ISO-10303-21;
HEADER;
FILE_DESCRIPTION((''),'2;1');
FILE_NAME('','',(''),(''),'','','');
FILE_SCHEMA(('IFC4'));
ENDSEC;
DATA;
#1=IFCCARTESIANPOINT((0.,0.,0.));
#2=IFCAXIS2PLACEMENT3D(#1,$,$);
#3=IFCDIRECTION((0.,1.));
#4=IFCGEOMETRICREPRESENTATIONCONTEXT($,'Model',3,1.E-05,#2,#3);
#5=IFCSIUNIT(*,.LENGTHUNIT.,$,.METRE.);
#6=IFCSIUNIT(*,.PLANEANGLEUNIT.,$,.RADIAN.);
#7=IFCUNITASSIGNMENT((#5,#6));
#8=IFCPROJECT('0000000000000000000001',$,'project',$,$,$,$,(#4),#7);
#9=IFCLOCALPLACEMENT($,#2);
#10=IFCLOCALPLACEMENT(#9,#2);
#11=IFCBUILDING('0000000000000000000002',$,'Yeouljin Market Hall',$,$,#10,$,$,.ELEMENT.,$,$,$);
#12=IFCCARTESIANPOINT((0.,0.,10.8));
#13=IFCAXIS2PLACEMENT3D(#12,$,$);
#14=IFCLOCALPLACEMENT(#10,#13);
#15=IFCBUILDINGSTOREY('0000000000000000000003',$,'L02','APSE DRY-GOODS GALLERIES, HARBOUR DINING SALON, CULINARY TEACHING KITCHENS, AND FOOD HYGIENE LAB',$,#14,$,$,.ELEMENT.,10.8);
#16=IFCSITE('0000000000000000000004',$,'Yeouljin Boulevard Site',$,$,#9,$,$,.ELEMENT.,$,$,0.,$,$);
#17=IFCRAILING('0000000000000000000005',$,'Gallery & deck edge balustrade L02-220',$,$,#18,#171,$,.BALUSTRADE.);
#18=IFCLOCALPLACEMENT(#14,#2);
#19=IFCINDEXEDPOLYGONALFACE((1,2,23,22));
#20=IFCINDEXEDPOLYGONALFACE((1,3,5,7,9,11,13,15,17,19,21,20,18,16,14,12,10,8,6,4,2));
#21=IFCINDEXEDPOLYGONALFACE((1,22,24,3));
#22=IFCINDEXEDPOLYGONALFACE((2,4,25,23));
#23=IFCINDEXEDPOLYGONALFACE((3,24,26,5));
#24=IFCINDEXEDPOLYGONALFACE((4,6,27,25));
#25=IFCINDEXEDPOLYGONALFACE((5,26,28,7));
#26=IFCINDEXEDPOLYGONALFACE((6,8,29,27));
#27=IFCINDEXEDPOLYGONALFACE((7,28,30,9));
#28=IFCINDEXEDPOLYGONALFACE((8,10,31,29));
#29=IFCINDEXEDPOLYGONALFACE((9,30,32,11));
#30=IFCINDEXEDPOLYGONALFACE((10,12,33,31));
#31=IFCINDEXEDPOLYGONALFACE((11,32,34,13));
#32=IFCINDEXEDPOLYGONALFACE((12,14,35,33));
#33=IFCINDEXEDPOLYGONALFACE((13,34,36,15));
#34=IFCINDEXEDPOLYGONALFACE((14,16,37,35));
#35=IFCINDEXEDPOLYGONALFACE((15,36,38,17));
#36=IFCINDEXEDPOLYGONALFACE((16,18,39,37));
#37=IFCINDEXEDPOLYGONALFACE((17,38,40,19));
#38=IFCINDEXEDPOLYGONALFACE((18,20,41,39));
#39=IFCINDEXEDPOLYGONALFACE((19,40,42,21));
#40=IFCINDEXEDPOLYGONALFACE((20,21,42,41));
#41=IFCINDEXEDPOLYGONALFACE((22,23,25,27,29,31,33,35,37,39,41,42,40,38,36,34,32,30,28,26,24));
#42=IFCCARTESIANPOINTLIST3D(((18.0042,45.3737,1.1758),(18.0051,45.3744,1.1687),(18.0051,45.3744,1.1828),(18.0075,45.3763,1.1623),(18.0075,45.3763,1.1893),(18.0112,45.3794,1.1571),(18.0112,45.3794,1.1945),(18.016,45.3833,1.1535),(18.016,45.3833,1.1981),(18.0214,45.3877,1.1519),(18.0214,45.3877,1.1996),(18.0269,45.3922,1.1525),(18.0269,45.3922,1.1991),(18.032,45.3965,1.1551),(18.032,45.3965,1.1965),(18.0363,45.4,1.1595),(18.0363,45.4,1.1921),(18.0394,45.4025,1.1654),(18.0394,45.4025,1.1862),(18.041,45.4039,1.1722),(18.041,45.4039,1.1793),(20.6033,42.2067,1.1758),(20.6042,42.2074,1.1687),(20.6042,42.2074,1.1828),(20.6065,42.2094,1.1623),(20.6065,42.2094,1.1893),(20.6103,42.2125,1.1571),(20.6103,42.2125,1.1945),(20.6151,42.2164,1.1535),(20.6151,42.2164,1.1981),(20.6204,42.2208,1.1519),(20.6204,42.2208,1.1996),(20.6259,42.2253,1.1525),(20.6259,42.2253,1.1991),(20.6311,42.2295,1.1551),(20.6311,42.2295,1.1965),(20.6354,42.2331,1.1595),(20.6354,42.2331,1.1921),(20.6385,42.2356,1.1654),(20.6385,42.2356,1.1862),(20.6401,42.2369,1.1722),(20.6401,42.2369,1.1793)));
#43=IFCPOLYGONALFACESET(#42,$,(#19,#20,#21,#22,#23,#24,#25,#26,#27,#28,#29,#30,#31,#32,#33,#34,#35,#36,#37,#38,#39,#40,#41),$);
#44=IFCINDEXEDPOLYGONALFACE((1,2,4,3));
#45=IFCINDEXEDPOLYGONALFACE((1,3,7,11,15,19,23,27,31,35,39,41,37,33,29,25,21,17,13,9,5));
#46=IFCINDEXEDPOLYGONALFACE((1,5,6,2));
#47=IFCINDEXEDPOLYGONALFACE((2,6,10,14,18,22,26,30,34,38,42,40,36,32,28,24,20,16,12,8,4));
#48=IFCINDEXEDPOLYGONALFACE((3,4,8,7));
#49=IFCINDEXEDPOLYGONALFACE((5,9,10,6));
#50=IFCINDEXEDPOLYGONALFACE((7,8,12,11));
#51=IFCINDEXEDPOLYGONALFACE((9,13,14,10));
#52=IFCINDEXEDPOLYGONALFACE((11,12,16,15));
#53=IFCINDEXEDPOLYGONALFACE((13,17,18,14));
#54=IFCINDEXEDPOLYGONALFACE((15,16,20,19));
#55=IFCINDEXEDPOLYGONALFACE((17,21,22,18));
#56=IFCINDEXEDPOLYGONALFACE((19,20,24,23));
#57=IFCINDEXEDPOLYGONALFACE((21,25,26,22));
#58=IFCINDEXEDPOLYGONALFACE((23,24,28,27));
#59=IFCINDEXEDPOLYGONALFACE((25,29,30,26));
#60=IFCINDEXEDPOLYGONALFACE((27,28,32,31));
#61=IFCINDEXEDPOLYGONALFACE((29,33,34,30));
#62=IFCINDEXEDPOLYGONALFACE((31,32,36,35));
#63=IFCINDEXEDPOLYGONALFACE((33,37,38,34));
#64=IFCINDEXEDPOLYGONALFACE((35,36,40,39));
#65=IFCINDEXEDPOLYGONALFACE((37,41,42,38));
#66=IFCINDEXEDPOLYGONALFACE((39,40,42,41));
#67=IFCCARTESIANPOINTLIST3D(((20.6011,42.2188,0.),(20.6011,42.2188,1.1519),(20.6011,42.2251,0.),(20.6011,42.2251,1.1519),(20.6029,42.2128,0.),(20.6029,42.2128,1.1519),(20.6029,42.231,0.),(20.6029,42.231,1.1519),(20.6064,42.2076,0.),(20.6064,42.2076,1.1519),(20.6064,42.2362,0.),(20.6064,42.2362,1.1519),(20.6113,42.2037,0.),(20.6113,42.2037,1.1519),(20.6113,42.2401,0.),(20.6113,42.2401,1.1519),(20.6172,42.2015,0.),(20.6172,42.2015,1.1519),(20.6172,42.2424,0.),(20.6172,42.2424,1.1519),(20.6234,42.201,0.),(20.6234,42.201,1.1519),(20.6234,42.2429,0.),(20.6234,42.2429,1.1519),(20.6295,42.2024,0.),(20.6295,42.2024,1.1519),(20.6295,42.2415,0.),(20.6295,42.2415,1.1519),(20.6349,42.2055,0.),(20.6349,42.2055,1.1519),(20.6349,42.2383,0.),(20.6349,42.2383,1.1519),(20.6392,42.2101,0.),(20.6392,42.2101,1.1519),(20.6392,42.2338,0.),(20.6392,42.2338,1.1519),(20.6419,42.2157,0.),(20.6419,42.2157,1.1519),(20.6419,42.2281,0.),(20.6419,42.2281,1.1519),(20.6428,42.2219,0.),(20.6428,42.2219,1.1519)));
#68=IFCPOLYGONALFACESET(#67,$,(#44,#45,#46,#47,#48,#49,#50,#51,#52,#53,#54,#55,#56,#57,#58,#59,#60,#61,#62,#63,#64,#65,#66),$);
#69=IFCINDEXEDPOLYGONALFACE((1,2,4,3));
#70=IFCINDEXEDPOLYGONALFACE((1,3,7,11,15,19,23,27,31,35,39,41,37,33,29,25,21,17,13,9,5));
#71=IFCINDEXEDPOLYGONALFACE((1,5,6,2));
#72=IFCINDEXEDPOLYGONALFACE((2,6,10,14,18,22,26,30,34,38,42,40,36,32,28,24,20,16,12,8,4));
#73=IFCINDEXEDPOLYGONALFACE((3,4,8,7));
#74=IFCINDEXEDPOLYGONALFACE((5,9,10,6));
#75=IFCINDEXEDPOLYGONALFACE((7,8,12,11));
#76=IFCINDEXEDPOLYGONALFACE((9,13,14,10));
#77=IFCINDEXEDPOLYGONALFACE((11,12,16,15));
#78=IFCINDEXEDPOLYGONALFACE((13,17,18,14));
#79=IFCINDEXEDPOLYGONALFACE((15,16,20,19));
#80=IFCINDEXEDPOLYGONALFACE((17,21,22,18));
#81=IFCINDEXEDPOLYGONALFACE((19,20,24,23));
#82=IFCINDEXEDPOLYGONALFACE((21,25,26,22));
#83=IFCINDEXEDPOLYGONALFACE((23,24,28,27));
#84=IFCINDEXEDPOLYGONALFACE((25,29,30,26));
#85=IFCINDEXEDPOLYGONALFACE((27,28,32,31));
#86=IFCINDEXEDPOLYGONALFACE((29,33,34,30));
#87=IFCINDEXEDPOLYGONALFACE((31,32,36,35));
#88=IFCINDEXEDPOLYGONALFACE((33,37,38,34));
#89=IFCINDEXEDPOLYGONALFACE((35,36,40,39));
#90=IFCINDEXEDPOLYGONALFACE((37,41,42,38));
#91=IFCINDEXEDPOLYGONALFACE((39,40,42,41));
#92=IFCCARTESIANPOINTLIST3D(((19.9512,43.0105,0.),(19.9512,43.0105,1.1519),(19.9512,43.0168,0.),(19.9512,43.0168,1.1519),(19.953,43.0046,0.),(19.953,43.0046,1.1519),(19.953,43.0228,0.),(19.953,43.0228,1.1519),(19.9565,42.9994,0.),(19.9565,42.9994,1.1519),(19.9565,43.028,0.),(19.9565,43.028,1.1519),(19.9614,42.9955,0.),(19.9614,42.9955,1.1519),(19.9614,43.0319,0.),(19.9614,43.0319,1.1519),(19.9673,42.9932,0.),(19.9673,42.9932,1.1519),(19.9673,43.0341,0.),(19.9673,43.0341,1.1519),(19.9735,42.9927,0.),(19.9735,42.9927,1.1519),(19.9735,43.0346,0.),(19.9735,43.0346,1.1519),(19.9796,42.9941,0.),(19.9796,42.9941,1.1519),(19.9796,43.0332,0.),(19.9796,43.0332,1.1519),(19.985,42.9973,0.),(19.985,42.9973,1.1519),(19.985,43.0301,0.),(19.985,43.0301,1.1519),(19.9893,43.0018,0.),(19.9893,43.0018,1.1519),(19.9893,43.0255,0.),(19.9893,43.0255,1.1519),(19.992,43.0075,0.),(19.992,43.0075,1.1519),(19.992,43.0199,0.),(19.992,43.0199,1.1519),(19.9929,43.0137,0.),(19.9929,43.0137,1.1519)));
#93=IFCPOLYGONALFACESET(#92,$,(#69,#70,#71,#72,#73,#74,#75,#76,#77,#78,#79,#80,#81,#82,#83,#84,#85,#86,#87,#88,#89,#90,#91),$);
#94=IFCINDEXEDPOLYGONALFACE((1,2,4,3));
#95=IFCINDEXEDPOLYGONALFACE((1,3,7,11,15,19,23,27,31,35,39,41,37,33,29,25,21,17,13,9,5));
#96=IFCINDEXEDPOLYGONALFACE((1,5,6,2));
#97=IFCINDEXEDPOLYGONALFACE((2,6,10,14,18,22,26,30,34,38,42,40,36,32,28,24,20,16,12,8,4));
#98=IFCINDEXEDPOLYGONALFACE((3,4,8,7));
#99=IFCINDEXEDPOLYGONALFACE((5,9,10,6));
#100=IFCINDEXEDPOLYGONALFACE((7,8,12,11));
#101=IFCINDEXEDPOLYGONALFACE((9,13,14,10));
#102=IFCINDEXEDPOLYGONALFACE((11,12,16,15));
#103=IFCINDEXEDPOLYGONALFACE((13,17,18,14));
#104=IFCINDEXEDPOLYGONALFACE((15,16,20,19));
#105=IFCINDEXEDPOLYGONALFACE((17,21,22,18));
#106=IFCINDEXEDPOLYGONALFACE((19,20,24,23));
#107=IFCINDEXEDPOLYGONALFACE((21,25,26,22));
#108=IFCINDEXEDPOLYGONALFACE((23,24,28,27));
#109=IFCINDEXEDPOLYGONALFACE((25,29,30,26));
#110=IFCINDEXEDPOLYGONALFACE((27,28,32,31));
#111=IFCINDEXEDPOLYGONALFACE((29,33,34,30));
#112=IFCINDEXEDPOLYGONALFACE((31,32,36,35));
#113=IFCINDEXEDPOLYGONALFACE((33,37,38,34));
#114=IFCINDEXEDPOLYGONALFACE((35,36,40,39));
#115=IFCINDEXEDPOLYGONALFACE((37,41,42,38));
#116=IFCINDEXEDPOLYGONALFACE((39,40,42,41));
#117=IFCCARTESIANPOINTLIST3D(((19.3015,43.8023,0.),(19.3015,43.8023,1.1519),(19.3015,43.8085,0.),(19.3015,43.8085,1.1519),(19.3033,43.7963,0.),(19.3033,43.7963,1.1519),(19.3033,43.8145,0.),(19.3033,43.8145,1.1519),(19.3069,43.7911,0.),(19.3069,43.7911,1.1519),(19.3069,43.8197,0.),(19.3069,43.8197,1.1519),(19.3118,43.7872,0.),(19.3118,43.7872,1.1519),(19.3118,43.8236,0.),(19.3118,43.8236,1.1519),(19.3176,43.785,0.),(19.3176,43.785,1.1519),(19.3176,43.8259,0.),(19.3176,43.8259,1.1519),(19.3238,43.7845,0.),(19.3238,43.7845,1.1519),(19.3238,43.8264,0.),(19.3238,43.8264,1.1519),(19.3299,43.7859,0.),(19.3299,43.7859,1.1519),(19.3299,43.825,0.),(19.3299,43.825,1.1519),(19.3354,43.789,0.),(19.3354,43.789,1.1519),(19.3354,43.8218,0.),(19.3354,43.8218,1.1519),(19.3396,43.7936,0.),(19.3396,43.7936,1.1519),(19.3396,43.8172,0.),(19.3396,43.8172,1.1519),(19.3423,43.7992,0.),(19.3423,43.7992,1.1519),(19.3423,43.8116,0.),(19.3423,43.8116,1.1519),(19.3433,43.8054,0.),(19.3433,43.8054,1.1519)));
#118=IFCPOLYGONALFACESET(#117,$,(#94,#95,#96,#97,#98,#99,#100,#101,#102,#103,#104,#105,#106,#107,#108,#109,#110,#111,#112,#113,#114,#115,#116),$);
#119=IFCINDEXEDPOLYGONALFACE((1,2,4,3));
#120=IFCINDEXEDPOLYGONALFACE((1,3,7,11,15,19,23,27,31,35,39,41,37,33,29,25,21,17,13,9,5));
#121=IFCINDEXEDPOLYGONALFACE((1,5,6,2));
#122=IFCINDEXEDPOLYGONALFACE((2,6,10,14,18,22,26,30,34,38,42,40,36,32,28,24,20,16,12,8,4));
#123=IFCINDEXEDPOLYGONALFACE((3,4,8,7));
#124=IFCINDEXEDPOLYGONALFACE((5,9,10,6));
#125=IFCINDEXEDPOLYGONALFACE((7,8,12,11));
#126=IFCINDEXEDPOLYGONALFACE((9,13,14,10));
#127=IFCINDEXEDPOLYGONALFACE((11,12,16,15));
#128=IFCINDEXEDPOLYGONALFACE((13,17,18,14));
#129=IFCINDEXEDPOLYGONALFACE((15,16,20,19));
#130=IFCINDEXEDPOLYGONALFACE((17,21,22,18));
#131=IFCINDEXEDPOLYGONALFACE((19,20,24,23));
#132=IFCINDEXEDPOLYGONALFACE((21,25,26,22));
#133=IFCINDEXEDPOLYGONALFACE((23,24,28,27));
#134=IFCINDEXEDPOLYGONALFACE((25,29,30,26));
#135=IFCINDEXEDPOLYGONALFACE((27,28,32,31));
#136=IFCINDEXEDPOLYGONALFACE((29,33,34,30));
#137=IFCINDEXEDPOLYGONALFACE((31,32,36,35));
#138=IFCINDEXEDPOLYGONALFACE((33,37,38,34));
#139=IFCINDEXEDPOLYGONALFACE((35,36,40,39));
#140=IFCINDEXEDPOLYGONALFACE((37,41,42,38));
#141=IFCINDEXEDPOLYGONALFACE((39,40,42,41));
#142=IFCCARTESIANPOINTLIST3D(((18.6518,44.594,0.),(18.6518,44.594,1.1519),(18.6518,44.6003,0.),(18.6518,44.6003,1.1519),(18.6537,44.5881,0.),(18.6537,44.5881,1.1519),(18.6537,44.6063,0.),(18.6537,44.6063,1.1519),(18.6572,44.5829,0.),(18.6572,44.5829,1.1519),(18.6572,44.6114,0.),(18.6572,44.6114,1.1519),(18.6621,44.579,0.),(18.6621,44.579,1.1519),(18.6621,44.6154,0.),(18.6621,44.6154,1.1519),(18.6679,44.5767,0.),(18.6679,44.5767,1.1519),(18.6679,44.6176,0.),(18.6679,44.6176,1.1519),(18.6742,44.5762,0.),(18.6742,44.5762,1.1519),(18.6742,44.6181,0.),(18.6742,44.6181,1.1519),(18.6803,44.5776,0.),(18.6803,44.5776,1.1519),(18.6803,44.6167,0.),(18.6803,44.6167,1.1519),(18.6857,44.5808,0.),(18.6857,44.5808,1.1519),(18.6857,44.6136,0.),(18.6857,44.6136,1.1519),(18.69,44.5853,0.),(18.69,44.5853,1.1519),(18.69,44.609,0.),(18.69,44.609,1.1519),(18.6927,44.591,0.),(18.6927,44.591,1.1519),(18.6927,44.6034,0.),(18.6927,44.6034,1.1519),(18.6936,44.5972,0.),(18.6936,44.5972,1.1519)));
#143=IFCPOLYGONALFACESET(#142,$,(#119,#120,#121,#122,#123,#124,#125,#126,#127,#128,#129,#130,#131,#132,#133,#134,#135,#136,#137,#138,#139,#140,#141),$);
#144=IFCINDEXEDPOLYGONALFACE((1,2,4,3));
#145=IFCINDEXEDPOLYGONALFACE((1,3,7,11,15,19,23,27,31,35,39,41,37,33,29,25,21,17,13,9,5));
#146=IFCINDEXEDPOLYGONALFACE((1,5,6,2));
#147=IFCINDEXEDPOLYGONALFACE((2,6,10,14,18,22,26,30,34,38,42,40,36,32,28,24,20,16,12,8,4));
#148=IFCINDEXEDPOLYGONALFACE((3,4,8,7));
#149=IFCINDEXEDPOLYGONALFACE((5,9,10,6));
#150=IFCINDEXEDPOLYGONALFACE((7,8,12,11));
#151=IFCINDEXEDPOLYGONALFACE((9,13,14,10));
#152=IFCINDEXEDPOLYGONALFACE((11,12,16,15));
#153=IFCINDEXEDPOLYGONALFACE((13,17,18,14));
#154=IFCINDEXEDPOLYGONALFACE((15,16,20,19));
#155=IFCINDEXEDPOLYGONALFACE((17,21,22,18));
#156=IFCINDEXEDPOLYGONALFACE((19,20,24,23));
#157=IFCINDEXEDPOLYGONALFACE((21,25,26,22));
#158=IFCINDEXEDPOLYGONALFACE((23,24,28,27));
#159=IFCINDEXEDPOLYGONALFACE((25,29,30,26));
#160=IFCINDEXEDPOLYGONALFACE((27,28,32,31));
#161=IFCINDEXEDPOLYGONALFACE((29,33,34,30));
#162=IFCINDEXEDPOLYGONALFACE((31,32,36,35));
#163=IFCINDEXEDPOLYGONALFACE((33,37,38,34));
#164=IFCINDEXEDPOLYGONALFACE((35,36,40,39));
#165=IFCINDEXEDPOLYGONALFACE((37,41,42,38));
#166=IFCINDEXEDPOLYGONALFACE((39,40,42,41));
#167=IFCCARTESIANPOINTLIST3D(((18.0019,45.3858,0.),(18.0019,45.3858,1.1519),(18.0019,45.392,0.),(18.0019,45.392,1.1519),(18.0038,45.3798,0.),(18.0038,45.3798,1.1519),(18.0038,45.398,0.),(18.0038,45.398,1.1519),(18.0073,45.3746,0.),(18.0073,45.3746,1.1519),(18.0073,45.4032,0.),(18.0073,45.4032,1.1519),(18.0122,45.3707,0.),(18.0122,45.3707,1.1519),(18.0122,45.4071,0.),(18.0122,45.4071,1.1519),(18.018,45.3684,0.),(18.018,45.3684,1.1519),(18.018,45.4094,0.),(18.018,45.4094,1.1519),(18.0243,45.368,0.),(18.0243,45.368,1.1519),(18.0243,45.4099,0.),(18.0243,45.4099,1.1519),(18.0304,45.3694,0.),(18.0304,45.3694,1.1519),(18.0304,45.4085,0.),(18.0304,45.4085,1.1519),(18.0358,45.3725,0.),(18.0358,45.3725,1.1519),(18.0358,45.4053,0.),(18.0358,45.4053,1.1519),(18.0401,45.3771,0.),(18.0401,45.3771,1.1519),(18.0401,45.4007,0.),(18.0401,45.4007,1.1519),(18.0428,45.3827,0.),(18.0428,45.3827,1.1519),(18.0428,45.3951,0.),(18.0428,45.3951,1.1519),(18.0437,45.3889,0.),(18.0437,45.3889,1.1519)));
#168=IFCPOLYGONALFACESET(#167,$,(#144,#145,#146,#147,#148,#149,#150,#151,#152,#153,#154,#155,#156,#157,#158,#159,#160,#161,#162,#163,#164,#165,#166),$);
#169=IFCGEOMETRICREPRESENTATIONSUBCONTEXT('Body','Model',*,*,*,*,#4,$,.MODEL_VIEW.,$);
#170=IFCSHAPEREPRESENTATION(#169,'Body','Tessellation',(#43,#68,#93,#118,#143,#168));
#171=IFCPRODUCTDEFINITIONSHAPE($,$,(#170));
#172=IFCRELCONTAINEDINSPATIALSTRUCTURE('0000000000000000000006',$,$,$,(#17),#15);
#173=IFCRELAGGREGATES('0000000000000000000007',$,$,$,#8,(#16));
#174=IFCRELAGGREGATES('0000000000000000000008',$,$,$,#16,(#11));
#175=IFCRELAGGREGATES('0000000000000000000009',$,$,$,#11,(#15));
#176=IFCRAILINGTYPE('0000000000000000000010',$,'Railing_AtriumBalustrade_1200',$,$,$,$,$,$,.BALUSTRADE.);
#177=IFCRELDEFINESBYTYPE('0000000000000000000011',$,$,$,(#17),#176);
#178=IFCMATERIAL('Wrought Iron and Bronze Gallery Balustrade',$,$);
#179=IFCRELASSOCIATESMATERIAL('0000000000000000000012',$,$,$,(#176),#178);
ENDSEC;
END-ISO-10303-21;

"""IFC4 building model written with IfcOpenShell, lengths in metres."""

from ifc_helpers import new_model, si_unit, direction, frame, origin, origin_2d, place, context, subcontext, project, spatial, circle, extrude, material, type_object, element, save


model = new_model("IFC4")

# Units and contexts
model_context = context("Model", 3, precision=1e-05, world=origin(), true_north=direction((0.0, 1.0)))
body_context = subcontext(model_context, "Body", "Model", "MODEL_VIEW")
ifc_project = project(units=[si_unit("LENGTHUNIT", "METRE"), si_unit("PLANEANGLEUNIT", "RADIAN")], contexts=[model_context])

# Site, building, storey
site_placement = place(None, origin())
site = spatial("IfcSite", under=ifc_project, at=site_placement, Name="Yeouljin Boulevard Site", CompositionType="ELEMENT", RefElevation=0.0)
building_placement = place(site_placement, origin())
building = spatial("IfcBuilding", under=site, at=building_placement, Name="Yeouljin Market Hall", CompositionType="ELEMENT")
storey_placement = place(building_placement, frame((0.0, 0.0, 10.8)))
storey = spatial("IfcBuildingStorey", under=building, at=storey_placement, Name="L02", Description="APSE DRY-GOODS GALLERIES, HARBOUR DINING SALON, CULINARY TEACHING KITCHENS, AND FOOD HYGIENE LAB", CompositionType="ELEMENT", Elevation=10.8)

# Railing
ifc_material_1 = material(Name="Wrought Iron and Bronze Gallery Balustrade")
railing_type = type_object("IfcRailingType", Name="Railing_AtriumBalustrade_1200", PredefinedType="BALUSTRADE", material=ifc_material_1)
railing_1_placement = place(storey_placement, frame((20.6218, 42.2219, 0.0)))
element("IfcRailing", 1, at=railing_1_placement, inside=storey, type_object=railing_type, Name="Gallery & deck edge balustrade L02-220", PredefinedType="BALUSTRADE", context=body_context, shape_type="SweptSolid", body=[
    extrude(circle(Radius=0.0239, at=origin_2d()), frame((0.0, 0.0, 1.1758), z_axis=(-0.634399, 0.773006, 0.0), x_axis=(-0.773006, -0.634399, 0.0)), (0.0, 0.0, 1.0), 4.0969),
    extrude(circle(Radius=0.021, at=origin_2d()), origin(), (0.0, 0.0, 1.0), 1.1519),
    extrude(circle(Radius=0.021, at=origin_2d()), frame((-0.6499, 0.7917, 0.0)), (0.0, 0.0, 1.0), 1.1519),
    extrude(circle(Radius=0.021, at=origin_2d()), frame((-1.2996, 1.5835, 0.0)), (0.0, 0.0, 1.0), 1.1519),
    extrude(circle(Radius=0.021, at=origin_2d()), frame((-1.9492, 2.3752, 0.0)), (0.0, 0.0, 1.0), 1.1519),
    extrude(circle(Radius=0.021, at=origin_2d()), frame((-2.5991, 3.167, 0.0)), (0.0, 0.0, 1.0), 1.1519),
])

save(model, "model.ifc")
